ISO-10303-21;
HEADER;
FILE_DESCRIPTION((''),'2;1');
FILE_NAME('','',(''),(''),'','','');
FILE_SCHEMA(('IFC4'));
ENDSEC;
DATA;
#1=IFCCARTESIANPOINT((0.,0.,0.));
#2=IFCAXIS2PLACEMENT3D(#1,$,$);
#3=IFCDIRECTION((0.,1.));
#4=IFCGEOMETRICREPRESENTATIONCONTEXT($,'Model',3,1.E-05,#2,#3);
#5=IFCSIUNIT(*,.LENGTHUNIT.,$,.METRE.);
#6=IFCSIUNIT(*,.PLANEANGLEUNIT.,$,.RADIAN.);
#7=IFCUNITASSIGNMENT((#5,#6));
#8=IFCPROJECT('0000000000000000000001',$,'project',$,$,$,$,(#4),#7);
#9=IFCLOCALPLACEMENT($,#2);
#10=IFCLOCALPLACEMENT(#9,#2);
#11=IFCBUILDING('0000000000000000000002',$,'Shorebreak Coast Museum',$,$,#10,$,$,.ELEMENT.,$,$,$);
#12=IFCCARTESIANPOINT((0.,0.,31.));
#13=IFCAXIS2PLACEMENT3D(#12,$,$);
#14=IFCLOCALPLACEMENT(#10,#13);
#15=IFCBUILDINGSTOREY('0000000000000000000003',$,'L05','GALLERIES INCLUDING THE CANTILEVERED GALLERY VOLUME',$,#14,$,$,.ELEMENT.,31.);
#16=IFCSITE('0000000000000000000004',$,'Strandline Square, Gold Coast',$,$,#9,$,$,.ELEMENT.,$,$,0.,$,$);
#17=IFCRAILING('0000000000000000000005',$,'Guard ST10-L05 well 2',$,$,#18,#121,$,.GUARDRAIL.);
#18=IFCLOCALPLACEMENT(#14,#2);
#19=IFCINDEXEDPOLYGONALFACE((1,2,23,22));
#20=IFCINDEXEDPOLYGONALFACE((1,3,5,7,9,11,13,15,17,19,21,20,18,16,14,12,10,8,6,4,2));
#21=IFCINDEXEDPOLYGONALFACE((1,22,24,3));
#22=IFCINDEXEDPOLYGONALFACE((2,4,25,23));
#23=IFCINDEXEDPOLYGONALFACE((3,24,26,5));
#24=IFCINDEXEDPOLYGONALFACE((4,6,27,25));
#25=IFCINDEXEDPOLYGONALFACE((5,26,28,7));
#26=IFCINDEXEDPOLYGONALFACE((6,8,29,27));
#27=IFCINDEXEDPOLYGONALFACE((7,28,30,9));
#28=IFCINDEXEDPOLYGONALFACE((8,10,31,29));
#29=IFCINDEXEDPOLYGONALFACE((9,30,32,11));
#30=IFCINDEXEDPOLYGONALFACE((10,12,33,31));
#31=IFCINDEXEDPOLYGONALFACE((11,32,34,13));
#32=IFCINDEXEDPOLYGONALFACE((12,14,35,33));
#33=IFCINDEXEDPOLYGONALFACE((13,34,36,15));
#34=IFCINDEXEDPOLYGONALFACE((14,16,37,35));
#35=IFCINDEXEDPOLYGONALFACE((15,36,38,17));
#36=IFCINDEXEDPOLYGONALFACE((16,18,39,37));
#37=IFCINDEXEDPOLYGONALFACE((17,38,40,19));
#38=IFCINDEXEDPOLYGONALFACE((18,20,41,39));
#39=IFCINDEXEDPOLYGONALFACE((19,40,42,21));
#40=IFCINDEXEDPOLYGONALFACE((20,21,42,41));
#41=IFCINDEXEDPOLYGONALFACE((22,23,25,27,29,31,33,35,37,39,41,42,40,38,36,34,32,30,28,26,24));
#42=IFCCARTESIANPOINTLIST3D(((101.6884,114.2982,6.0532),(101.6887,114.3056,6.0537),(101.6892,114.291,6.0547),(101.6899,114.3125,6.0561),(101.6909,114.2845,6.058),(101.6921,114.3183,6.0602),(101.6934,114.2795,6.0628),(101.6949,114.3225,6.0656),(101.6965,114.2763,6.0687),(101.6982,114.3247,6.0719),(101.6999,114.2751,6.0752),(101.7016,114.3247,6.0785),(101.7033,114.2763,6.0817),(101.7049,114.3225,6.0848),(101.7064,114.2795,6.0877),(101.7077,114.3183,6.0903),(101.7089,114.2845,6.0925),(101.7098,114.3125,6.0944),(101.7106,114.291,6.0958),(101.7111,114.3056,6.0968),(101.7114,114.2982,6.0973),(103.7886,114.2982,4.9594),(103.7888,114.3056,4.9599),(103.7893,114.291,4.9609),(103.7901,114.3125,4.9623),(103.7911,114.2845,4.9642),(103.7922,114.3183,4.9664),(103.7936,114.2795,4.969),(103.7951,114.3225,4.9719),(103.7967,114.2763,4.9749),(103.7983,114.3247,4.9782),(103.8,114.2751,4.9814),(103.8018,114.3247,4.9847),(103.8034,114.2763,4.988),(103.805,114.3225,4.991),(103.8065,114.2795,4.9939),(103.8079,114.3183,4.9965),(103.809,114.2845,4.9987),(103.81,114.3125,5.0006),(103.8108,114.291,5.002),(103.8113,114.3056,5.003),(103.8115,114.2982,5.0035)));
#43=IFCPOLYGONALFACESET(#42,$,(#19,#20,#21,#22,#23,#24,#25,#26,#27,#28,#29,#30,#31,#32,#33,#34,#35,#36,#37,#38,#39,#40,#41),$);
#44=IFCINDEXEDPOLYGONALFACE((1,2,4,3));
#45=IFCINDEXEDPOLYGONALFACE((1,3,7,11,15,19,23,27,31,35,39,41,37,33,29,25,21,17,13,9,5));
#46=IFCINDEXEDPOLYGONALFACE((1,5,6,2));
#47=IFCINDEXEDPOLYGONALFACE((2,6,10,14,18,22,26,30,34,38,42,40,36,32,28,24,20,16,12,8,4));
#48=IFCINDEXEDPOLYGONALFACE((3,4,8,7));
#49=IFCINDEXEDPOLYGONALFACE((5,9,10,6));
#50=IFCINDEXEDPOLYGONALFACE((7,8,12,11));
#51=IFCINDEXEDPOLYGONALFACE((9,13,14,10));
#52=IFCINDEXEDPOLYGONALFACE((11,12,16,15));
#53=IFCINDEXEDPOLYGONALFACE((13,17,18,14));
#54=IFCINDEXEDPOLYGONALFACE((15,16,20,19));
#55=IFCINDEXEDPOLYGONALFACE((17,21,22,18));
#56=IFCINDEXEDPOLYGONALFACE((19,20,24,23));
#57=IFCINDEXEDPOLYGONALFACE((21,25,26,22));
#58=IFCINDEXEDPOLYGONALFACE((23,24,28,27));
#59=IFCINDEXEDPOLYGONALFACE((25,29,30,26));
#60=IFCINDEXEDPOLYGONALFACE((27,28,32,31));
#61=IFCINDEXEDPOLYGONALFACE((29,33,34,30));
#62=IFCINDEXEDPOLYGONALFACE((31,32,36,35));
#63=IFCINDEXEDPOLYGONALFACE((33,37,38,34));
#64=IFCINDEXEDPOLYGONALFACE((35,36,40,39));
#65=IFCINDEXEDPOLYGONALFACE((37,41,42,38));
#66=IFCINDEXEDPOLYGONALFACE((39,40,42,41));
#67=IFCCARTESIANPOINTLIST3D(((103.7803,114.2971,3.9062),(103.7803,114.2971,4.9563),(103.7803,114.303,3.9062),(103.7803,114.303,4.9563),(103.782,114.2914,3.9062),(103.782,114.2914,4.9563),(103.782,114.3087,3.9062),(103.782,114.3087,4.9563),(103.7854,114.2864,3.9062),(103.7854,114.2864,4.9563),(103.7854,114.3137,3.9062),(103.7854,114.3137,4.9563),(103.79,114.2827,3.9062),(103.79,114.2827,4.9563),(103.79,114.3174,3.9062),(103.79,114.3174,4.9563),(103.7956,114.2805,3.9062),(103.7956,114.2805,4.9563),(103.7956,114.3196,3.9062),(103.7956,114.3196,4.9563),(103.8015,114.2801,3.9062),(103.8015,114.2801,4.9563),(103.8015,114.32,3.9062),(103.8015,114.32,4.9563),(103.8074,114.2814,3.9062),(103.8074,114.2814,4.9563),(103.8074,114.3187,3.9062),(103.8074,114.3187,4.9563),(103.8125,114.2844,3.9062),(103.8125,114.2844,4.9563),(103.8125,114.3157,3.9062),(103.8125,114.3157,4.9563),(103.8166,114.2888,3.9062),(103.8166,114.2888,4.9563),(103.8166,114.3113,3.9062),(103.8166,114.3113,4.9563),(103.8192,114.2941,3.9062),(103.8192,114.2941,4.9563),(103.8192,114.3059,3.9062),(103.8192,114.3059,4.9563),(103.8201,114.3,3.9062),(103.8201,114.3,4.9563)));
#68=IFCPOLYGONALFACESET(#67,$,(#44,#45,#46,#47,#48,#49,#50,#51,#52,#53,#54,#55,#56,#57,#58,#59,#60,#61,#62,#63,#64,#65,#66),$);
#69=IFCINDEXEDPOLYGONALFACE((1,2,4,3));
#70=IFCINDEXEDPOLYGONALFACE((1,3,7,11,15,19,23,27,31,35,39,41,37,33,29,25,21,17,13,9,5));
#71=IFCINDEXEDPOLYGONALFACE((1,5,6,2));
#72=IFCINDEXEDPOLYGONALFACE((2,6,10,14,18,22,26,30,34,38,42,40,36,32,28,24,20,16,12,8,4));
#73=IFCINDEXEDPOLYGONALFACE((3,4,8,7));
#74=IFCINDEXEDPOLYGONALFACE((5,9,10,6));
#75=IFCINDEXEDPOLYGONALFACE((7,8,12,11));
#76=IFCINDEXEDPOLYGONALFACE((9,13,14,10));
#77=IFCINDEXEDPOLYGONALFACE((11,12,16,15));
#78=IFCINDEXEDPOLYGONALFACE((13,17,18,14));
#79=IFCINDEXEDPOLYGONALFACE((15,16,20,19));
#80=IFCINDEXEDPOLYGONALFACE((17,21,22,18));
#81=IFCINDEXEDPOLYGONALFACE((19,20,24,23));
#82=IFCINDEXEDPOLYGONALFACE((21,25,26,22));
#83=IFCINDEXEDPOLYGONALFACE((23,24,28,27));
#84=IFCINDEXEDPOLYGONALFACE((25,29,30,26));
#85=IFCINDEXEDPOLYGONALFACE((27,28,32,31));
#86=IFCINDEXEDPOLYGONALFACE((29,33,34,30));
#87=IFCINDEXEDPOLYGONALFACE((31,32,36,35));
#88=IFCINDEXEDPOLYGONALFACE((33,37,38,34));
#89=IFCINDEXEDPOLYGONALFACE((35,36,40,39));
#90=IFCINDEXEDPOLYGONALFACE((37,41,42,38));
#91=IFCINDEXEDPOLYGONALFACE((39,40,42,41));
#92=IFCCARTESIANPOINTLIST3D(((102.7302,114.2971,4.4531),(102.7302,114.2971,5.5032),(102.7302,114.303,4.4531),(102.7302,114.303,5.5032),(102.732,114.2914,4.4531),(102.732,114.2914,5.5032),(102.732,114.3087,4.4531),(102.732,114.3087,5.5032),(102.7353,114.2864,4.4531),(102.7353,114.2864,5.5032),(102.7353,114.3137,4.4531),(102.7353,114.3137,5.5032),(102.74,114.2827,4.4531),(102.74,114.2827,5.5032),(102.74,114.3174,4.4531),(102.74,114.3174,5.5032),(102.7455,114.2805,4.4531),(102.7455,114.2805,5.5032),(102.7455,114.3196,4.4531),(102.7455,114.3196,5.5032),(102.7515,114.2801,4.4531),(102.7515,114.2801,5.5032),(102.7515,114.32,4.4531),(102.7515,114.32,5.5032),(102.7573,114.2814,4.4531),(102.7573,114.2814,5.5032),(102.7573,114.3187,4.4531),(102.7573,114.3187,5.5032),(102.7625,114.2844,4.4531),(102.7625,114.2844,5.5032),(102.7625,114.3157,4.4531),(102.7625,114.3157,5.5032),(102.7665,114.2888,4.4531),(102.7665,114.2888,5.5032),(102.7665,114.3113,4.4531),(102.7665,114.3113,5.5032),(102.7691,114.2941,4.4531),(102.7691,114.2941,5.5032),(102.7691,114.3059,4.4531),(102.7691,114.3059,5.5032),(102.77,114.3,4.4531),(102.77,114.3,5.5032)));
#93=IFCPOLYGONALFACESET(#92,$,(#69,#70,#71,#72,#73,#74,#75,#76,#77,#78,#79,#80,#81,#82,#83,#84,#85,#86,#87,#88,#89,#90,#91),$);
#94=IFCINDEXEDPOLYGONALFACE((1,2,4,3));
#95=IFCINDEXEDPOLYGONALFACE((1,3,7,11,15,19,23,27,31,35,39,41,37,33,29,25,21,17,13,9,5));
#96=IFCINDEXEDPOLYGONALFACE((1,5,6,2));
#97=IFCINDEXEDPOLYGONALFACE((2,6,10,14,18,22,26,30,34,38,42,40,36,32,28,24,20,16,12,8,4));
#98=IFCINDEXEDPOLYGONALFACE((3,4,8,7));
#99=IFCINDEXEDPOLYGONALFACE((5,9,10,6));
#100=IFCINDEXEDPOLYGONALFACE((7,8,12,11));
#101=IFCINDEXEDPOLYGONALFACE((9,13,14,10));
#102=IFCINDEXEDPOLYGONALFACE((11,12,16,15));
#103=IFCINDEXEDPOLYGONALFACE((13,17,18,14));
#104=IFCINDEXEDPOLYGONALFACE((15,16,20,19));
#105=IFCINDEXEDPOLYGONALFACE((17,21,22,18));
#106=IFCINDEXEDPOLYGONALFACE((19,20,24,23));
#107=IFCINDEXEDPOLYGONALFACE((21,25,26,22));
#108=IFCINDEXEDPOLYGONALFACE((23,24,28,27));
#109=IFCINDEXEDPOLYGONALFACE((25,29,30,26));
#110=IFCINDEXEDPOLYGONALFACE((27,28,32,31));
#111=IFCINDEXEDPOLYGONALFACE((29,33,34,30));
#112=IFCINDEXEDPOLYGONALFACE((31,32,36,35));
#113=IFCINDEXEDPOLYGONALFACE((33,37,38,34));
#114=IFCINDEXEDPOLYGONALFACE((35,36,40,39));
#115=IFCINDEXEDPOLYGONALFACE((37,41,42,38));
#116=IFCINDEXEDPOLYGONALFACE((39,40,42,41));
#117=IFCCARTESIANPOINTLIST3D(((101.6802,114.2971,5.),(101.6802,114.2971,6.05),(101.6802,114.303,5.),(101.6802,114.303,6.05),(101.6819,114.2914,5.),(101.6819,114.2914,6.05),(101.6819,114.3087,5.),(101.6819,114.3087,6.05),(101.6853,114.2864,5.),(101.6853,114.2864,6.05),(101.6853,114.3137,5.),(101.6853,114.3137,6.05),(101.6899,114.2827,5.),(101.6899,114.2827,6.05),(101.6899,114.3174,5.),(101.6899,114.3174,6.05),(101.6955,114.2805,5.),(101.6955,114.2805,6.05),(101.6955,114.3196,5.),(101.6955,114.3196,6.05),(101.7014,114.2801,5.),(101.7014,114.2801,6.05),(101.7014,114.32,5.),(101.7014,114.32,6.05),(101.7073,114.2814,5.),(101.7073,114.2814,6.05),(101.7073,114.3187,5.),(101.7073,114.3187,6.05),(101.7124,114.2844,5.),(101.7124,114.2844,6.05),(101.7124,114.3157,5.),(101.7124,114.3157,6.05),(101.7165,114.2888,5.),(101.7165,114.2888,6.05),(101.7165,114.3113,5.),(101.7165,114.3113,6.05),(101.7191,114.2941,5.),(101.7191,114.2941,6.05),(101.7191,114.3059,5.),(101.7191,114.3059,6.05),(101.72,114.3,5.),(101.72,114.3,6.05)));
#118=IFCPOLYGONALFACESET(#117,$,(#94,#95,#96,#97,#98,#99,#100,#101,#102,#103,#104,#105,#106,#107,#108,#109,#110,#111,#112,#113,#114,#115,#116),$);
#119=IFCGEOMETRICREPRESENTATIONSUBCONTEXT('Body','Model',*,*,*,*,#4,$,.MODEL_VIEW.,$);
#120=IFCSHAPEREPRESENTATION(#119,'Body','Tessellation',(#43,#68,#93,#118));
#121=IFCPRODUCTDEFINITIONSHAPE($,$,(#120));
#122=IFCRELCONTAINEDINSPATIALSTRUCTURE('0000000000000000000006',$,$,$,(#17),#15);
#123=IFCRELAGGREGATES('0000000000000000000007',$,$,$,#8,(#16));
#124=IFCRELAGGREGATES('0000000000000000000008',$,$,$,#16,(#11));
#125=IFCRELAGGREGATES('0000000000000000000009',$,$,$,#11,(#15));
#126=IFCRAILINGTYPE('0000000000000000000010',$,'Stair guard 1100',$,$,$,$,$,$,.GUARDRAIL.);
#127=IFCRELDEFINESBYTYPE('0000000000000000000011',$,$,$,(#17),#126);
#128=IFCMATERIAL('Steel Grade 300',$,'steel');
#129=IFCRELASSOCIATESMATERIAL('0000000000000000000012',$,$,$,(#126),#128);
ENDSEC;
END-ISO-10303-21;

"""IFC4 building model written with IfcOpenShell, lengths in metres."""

from ifc_helpers import new_model, si_unit, direction, frame, origin, origin_2d, place, context, subcontext, project, spatial, circle, extrude, material, type_object, element, save


model = new_model("IFC4")

# Units and contexts
model_context = context("Model", 3, precision=1e-05, world=origin(), true_north=direction((0.0, 1.0)))
body_context = subcontext(model_context, "Body", "Model", "MODEL_VIEW")
ifc_project = project(units=[si_unit("LENGTHUNIT", "METRE"), si_unit("PLANEANGLEUNIT", "RADIAN")], contexts=[model_context])

# Site, building, storey
site_placement = place(None, origin())
site = spatial("IfcSite", under=ifc_project, at=site_placement, Name="Strandline Square, Gold Coast", CompositionType="ELEMENT", RefElevation=0.0)
building_placement = place(site_placement, origin())
building = spatial("IfcBuilding", under=site, at=building_placement, Name="Shorebreak Coast Museum", CompositionType="ELEMENT")
storey_placement = place(building_placement, frame((0.0, 0.0, 31.0)))
storey = spatial("IfcBuildingStorey", under=building, at=storey_placement, Name="L05", Description="GALLERIES INCLUDING THE CANTILEVERED GALLERY VOLUME", CompositionType="ELEMENT", Elevation=31.0)

# Railing
ifc_material_1 = material(Name="Steel Grade 300", Category="steel")
railing_type_1 = type_object("IfcRailingType", Name="Stair guard 1100", PredefinedType="GUARDRAIL", material=ifc_material_1)
railing_1_placement = place(storey_placement, frame((103.8, 114.3, 3.9062)))
element("IfcRailing", 1, at=railing_1_placement, inside=storey, type_object=railing_type_1, Name="Guard ST10-L05 well 2", PredefinedType="GUARDRAIL", context=body_context, shape_type="SweptSolid", body=[
    extrude(circle(Radius=0.0249, at=origin_2d()), frame((0.0, 0.0, 1.0752), z_axis=(-0.886923, 0.0, 0.461918), x_axis=(0.0, -1.0, 0.0)), (0.0, 0.0, 1.0), 2.3679),
    extrude(circle(Radius=0.02, at=origin_2d()), origin(), (0.0, 0.0, 1.0), 1.05),
    extrude(circle(Radius=0.02, at=origin_2d()), frame((-1.05, 0.0, 0.5469)), (0.0, 0.0, 1.0), 1.05),
    extrude(circle(Radius=0.02, at=origin_2d()), frame((-2.1001, 0.0, 1.0938)), (0.0, 0.0, 1.0), 1.05),
])

save(model, "model.ifc")
